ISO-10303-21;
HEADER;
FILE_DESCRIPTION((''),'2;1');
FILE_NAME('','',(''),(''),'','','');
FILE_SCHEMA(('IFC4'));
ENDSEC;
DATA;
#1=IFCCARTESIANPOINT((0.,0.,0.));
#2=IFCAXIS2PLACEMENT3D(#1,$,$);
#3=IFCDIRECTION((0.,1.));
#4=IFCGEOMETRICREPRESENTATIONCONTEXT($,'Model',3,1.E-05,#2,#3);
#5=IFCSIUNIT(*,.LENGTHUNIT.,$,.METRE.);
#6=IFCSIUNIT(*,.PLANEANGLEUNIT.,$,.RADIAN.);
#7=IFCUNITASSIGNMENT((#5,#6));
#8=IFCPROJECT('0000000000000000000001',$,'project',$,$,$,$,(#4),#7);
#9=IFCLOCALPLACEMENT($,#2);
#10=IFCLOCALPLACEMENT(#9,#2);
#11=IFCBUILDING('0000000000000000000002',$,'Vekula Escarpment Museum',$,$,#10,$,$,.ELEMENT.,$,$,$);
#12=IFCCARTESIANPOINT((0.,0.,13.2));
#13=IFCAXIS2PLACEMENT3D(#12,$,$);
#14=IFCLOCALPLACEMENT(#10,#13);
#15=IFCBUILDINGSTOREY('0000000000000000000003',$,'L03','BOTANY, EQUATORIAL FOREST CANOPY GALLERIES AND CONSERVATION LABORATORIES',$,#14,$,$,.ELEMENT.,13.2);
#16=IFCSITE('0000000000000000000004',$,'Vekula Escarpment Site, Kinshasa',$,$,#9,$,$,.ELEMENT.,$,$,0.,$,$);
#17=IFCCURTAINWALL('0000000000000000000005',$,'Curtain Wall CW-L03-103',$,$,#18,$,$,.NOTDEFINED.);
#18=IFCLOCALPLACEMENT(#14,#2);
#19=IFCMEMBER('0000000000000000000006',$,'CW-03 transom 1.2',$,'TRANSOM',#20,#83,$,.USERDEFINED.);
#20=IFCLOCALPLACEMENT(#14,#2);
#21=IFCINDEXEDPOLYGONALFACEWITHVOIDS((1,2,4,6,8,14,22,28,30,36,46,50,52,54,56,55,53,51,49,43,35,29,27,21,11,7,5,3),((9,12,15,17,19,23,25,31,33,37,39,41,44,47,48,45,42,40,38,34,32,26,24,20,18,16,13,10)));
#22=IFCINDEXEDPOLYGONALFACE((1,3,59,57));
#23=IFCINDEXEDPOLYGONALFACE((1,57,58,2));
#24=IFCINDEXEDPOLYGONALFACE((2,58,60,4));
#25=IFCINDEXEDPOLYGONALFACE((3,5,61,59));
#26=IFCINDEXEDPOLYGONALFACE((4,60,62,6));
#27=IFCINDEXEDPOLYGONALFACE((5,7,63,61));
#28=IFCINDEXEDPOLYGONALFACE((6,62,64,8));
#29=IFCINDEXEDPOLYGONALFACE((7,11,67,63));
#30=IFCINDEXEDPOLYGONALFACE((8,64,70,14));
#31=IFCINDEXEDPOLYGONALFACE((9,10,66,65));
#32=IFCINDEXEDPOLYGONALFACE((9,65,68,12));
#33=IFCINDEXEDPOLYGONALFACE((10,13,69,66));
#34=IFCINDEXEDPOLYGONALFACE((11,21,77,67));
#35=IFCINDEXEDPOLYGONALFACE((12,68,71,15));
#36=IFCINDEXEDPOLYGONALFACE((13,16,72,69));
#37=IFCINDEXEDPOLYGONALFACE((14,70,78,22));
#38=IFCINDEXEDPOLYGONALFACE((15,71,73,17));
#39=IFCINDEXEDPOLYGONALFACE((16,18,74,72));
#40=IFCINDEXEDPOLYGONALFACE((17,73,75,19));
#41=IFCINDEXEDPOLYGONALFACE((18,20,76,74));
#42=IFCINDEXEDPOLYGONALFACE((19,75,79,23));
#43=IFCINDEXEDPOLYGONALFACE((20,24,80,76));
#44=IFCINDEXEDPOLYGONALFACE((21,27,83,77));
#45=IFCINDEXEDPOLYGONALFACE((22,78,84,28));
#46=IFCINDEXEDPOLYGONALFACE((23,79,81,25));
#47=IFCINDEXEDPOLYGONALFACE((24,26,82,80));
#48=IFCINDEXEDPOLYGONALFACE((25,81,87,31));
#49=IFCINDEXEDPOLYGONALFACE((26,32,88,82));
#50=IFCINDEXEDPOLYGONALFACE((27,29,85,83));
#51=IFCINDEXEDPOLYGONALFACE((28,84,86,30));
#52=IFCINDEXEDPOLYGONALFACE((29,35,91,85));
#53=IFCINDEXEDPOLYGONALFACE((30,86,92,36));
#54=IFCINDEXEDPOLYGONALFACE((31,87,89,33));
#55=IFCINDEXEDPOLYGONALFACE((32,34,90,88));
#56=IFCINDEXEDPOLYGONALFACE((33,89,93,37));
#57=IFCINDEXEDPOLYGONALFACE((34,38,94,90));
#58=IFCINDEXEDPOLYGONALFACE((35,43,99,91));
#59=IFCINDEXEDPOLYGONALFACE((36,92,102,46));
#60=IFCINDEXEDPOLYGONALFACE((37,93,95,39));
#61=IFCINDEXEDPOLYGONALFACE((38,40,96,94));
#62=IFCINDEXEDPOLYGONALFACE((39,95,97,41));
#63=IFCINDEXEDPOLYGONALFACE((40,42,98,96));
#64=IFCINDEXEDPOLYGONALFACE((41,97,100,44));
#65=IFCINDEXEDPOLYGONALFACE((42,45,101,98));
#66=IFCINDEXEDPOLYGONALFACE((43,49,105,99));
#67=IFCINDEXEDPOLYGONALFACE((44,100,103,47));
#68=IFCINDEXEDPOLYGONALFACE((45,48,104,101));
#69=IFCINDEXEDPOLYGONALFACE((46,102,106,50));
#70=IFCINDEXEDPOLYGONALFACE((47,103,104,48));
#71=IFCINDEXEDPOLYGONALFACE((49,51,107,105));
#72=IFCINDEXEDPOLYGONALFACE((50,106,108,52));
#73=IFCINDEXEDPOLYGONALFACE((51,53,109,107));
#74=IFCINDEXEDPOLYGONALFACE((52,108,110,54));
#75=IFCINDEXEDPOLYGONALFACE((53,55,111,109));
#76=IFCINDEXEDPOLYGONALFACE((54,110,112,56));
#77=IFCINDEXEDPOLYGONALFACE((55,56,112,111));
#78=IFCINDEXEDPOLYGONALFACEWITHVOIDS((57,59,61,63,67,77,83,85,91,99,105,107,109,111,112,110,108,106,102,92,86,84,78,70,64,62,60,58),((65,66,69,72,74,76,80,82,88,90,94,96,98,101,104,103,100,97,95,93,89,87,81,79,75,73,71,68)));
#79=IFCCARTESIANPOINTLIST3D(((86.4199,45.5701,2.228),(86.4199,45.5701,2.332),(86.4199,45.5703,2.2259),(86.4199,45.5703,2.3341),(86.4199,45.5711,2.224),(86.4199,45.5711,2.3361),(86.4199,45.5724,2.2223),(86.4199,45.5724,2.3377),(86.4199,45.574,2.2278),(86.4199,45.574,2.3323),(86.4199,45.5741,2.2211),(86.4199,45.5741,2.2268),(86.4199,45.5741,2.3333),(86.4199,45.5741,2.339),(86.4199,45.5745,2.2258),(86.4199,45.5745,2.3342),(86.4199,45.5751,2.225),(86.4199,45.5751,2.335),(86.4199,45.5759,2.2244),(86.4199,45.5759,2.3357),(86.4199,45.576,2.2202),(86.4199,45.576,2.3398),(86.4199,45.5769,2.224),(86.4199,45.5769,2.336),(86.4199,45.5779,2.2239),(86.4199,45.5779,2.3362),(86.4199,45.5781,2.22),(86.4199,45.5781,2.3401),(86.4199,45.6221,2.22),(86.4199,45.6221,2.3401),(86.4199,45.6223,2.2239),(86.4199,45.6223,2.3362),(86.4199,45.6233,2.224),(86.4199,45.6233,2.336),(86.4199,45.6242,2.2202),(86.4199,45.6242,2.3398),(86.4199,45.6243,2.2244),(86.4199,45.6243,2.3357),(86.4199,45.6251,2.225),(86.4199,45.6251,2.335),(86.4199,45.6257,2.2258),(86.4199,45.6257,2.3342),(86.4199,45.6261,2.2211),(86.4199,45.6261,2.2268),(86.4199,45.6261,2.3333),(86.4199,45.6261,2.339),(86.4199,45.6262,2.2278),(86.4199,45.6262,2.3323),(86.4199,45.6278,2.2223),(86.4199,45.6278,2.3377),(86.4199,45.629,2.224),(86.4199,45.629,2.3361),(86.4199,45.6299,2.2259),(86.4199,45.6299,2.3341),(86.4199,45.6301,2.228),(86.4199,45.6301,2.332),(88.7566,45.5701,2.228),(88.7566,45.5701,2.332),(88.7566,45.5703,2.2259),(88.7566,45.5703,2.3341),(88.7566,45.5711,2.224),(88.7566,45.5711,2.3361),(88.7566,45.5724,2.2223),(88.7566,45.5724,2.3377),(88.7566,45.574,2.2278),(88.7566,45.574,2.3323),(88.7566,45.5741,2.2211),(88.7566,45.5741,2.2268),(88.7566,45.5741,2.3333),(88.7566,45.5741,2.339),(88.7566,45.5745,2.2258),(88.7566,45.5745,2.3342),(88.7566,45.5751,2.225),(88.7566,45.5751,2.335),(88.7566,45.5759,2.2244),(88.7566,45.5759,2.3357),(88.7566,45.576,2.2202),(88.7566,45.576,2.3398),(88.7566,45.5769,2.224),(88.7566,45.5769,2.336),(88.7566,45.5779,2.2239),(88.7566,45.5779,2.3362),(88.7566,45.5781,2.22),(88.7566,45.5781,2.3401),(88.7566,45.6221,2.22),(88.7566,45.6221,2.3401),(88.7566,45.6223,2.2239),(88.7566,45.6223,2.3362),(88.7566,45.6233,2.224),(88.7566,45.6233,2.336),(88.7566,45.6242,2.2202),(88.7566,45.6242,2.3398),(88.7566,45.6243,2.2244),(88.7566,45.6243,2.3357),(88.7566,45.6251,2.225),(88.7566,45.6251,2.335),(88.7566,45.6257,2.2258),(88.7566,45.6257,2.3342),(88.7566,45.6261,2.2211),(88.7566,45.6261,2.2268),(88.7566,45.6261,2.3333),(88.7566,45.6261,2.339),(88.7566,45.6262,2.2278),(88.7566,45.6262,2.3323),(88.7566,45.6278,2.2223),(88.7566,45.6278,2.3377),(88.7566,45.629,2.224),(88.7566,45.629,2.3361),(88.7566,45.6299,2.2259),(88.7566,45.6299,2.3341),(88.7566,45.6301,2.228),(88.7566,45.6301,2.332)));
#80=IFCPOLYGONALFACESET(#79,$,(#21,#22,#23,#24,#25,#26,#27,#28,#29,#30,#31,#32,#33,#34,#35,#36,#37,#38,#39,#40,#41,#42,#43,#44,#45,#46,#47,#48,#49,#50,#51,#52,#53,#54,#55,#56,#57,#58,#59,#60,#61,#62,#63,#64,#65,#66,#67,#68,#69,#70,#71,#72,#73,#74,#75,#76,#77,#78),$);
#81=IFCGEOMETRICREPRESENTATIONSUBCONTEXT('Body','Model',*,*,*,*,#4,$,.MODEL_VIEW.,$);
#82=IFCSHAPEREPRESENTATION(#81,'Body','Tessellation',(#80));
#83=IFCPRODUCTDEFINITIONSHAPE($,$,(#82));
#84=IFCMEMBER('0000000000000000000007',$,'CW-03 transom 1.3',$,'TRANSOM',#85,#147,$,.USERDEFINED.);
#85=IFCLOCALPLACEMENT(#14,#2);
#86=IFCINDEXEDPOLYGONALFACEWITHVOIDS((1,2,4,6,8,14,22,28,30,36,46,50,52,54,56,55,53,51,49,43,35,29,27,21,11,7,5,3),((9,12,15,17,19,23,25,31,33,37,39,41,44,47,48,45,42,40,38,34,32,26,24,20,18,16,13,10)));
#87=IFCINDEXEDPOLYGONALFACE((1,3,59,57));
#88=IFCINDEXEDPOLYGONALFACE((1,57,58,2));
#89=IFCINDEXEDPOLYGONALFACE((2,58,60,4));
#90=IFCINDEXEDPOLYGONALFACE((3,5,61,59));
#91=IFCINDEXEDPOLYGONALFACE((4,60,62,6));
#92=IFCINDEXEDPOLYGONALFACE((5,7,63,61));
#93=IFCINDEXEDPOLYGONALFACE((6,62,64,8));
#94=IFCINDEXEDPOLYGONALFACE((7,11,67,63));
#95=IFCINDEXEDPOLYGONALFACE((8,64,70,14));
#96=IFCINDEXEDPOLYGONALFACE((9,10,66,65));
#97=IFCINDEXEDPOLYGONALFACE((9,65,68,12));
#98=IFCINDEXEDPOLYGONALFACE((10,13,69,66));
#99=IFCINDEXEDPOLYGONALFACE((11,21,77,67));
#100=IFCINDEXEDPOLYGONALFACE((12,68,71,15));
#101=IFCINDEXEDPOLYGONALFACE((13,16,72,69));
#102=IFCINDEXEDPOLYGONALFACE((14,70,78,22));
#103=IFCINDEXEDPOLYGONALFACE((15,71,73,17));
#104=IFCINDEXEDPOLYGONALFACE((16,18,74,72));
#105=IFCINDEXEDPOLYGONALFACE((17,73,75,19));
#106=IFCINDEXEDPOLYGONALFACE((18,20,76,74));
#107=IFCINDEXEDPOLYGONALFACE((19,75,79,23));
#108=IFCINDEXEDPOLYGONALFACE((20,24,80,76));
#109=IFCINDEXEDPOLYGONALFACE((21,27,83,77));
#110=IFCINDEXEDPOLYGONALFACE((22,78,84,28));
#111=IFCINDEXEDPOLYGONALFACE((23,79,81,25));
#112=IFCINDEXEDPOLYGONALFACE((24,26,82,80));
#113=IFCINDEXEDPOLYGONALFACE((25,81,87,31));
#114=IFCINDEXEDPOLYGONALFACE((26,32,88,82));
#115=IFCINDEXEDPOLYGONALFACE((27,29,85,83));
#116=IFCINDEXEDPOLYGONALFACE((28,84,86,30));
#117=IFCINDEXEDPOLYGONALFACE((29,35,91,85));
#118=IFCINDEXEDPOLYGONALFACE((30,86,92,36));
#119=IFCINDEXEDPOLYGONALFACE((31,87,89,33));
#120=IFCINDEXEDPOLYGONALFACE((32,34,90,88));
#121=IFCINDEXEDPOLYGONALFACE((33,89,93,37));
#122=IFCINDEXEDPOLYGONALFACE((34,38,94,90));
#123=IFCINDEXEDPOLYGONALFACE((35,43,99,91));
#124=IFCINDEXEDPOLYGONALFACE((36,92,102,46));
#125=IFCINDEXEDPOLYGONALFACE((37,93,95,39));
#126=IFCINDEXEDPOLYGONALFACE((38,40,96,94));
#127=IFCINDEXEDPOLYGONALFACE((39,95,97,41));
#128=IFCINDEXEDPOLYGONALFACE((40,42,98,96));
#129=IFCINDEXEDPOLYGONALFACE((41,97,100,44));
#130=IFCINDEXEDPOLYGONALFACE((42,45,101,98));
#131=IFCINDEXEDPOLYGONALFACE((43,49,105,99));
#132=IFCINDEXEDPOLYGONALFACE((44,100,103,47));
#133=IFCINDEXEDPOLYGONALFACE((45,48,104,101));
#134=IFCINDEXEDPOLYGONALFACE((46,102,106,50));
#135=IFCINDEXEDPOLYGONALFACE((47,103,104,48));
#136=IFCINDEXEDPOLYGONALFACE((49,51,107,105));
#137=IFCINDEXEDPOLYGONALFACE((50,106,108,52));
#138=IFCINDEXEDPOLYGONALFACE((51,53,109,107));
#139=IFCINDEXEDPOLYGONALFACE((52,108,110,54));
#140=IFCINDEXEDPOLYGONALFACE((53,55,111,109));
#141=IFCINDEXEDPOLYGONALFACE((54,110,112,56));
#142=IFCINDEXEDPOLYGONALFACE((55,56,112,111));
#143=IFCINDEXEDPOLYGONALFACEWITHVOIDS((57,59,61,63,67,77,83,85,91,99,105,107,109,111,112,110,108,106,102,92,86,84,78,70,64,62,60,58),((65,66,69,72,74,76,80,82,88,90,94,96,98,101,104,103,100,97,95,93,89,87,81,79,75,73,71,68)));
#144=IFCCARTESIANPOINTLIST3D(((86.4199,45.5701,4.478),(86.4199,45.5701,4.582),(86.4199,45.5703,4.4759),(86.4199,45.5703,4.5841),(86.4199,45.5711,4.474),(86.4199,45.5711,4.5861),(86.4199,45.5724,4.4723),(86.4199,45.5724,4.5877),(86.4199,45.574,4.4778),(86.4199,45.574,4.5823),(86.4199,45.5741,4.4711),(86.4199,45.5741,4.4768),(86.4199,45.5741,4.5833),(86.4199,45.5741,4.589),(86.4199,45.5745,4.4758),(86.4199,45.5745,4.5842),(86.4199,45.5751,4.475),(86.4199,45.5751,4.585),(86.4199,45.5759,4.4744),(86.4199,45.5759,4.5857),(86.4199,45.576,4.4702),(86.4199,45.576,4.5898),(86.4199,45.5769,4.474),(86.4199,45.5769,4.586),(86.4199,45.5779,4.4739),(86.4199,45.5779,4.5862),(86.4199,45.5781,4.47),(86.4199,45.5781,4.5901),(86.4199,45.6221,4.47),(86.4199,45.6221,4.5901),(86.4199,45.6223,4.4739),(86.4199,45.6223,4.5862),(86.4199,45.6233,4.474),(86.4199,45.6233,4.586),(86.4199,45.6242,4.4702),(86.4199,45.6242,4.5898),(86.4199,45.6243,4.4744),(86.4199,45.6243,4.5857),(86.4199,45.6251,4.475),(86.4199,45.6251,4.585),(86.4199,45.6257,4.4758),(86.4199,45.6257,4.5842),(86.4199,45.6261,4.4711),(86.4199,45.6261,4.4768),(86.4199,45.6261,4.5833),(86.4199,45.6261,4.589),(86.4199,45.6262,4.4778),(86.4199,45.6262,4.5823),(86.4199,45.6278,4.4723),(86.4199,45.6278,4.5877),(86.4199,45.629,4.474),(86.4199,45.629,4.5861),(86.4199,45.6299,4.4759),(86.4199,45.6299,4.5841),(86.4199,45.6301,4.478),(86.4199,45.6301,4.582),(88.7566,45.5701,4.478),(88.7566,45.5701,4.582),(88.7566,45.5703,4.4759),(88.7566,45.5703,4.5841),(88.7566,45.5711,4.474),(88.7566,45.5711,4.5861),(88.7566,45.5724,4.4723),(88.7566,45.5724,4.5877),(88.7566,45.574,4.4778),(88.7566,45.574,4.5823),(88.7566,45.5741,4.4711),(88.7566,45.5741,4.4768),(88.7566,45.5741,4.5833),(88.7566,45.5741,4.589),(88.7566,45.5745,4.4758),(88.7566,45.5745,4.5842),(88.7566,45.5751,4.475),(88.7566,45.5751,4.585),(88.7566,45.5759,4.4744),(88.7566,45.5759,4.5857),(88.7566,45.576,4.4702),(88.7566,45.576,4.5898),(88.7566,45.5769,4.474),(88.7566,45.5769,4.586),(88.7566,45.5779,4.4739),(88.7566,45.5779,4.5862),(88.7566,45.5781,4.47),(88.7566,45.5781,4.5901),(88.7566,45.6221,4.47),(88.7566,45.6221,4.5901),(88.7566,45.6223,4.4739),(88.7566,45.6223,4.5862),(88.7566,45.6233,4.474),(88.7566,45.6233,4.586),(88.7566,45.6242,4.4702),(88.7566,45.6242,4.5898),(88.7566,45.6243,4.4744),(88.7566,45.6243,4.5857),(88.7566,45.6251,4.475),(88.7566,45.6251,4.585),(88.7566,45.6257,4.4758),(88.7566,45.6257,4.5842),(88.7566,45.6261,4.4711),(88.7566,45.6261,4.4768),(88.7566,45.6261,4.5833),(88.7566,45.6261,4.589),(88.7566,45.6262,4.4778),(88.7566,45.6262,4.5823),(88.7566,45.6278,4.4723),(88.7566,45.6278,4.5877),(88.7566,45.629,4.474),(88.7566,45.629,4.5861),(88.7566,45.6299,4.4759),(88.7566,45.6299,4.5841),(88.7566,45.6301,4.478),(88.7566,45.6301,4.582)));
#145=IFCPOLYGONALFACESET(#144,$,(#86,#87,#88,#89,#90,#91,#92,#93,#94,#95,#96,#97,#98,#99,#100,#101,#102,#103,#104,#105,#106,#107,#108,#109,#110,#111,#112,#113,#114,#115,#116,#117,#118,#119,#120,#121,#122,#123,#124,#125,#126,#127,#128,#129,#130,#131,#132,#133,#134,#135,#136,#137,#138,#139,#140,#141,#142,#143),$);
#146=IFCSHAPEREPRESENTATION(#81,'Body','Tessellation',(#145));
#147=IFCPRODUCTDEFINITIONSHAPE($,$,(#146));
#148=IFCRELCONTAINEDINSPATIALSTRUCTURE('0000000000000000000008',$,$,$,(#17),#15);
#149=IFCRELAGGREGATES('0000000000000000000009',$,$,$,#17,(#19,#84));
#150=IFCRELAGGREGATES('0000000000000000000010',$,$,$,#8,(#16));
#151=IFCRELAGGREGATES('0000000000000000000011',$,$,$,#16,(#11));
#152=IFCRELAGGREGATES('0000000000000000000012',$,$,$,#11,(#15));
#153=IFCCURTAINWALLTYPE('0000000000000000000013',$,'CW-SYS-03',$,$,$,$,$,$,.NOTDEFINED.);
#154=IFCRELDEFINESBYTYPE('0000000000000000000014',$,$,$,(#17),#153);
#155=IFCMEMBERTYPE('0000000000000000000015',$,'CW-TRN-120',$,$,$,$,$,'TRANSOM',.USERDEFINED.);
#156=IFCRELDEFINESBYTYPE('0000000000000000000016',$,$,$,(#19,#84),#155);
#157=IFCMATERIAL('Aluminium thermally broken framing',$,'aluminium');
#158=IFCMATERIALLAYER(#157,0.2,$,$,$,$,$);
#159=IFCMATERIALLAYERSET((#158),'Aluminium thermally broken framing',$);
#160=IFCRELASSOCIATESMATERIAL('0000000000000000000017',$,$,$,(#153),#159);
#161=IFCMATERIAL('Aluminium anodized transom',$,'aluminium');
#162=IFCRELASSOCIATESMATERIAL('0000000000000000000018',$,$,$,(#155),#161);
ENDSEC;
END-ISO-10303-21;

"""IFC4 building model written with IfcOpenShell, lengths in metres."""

from ifc_helpers import new_model, si_unit, direction, frame, origin, origin_2d, place, context, subcontext, project, spatial, hollow_rectangle, extrude, material, layer, layer_set, material_profile, profile_set, type_object, element, aggregate, save


model = new_model("IFC4")

# Units and contexts
model_context = context("Model", 3, precision=1e-05, world=origin(), true_north=direction((0.0, 1.0)))
body_context = subcontext(model_context, "Body", "Model", "MODEL_VIEW")
ifc_project = project(units=[si_unit("LENGTHUNIT", "METRE"), si_unit("PLANEANGLEUNIT", "RADIAN")], contexts=[model_context])

# Site, building, storey
site_placement = place(None, origin())
site = spatial("IfcSite", under=ifc_project, at=site_placement, Name="Vekula Escarpment Site, Kinshasa", CompositionType="ELEMENT", RefElevation=0.0)
building_placement = place(site_placement, origin())
building = spatial("IfcBuilding", under=site, at=building_placement, Name="Vekula Escarpment Museum", CompositionType="ELEMENT")
storey_placement = place(building_placement, frame((0.0, 0.0, 13.2)))
storey = spatial("IfcBuildingStorey", under=building, at=storey_placement, Name="L03", Description="BOTANY, EQUATORIAL FOREST CANOPY GALLERIES AND CONSERVATION LABORATORIES", CompositionType="ELEMENT", Elevation=13.2)

# Curtain wall
ifc_material_1 = material(Name="Aluminium thermally broken framing", Category="aluminium")
ifc_layer_1 = layer(ifc_material_1, 0.2)
ifc_layer_set_1 = layer_set([ifc_layer_1], Name="Aluminium thermally broken framing")
curtain_wall_type_1 = type_object("IfcCurtainWallType", Name="CW-SYS-03", PredefinedType="NOTDEFINED", material=ifc_layer_set_1)
curtain_wall_1_placement = place(storey_placement, origin())
curtain_wall_1 = element("IfcCurtainWall", 1, at=curtain_wall_1_placement, inside=storey, type_object=curtain_wall_type_1, Name="Curtain Wall CW-L03-103", PredefinedType="NOTDEFINED")

# Members
ifc_material_2 = material(Name="Aluminium anodized transom", Category="aluminium")
ifc_material_profile_1 = material_profile(ifc_material_2, hollow_rectangle(XDim=0.0601, YDim=0.1201, WallThickness=0.0039, InnerFilletRadius=0.0039, OuterFilletRadius=0.0081, at=origin_2d()), Name="ALU 120x60x4")
ifc_profile_set_1 = profile_set([ifc_material_profile_1], Name="Aluminium anodized transom")
member_type_1 = type_object("IfcMemberType", Name="CW-TRN-120", ElementType="TRANSOM", PredefinedType="USERDEFINED", material=ifc_profile_set_1)
member_1_placement = place(storey_placement, frame((86.4199, 45.6001, 2.28), z_axis=(1.0, 0.0, 0.0), x_axis=(0.0, 1.0, 0.0)))
member_1 = element("IfcMember", 2, at=member_1_placement, type_object=member_type_1, Name="CW-03 transom 1.2", ObjectType="TRANSOM", PredefinedType="USERDEFINED", context=body_context, shape_type="SweptSolid", body=[
    extrude(hollow_rectangle(XDim=0.0601, YDim=0.1201, WallThickness=0.0039, InnerFilletRadius=0.0039, OuterFilletRadius=0.0081, at=origin_2d()), origin(), (0.0, 0.0, 1.0), 2.3367),
])
member_2_placement = place(storey_placement, frame((86.4199, 45.6001, 4.53), z_axis=(1.0, 0.0, 0.0), x_axis=(0.0, 1.0, 0.0)))
member_2 = element("IfcMember", 3, at=member_2_placement, type_object=member_type_1, Name="CW-03 transom 1.3", ObjectType="TRANSOM", PredefinedType="USERDEFINED", context=body_context, shape_type="SweptSolid", body=[
    extrude(hollow_rectangle(XDim=0.0601, YDim=0.1201, WallThickness=0.0039, InnerFilletRadius=0.0039, OuterFilletRadius=0.0081, at=origin_2d()), origin(), (0.0, 0.0, 1.0), 2.3367),
])

aggregate(curtain_wall_1, [member_1, member_2])

save(model, "model.ifc")
